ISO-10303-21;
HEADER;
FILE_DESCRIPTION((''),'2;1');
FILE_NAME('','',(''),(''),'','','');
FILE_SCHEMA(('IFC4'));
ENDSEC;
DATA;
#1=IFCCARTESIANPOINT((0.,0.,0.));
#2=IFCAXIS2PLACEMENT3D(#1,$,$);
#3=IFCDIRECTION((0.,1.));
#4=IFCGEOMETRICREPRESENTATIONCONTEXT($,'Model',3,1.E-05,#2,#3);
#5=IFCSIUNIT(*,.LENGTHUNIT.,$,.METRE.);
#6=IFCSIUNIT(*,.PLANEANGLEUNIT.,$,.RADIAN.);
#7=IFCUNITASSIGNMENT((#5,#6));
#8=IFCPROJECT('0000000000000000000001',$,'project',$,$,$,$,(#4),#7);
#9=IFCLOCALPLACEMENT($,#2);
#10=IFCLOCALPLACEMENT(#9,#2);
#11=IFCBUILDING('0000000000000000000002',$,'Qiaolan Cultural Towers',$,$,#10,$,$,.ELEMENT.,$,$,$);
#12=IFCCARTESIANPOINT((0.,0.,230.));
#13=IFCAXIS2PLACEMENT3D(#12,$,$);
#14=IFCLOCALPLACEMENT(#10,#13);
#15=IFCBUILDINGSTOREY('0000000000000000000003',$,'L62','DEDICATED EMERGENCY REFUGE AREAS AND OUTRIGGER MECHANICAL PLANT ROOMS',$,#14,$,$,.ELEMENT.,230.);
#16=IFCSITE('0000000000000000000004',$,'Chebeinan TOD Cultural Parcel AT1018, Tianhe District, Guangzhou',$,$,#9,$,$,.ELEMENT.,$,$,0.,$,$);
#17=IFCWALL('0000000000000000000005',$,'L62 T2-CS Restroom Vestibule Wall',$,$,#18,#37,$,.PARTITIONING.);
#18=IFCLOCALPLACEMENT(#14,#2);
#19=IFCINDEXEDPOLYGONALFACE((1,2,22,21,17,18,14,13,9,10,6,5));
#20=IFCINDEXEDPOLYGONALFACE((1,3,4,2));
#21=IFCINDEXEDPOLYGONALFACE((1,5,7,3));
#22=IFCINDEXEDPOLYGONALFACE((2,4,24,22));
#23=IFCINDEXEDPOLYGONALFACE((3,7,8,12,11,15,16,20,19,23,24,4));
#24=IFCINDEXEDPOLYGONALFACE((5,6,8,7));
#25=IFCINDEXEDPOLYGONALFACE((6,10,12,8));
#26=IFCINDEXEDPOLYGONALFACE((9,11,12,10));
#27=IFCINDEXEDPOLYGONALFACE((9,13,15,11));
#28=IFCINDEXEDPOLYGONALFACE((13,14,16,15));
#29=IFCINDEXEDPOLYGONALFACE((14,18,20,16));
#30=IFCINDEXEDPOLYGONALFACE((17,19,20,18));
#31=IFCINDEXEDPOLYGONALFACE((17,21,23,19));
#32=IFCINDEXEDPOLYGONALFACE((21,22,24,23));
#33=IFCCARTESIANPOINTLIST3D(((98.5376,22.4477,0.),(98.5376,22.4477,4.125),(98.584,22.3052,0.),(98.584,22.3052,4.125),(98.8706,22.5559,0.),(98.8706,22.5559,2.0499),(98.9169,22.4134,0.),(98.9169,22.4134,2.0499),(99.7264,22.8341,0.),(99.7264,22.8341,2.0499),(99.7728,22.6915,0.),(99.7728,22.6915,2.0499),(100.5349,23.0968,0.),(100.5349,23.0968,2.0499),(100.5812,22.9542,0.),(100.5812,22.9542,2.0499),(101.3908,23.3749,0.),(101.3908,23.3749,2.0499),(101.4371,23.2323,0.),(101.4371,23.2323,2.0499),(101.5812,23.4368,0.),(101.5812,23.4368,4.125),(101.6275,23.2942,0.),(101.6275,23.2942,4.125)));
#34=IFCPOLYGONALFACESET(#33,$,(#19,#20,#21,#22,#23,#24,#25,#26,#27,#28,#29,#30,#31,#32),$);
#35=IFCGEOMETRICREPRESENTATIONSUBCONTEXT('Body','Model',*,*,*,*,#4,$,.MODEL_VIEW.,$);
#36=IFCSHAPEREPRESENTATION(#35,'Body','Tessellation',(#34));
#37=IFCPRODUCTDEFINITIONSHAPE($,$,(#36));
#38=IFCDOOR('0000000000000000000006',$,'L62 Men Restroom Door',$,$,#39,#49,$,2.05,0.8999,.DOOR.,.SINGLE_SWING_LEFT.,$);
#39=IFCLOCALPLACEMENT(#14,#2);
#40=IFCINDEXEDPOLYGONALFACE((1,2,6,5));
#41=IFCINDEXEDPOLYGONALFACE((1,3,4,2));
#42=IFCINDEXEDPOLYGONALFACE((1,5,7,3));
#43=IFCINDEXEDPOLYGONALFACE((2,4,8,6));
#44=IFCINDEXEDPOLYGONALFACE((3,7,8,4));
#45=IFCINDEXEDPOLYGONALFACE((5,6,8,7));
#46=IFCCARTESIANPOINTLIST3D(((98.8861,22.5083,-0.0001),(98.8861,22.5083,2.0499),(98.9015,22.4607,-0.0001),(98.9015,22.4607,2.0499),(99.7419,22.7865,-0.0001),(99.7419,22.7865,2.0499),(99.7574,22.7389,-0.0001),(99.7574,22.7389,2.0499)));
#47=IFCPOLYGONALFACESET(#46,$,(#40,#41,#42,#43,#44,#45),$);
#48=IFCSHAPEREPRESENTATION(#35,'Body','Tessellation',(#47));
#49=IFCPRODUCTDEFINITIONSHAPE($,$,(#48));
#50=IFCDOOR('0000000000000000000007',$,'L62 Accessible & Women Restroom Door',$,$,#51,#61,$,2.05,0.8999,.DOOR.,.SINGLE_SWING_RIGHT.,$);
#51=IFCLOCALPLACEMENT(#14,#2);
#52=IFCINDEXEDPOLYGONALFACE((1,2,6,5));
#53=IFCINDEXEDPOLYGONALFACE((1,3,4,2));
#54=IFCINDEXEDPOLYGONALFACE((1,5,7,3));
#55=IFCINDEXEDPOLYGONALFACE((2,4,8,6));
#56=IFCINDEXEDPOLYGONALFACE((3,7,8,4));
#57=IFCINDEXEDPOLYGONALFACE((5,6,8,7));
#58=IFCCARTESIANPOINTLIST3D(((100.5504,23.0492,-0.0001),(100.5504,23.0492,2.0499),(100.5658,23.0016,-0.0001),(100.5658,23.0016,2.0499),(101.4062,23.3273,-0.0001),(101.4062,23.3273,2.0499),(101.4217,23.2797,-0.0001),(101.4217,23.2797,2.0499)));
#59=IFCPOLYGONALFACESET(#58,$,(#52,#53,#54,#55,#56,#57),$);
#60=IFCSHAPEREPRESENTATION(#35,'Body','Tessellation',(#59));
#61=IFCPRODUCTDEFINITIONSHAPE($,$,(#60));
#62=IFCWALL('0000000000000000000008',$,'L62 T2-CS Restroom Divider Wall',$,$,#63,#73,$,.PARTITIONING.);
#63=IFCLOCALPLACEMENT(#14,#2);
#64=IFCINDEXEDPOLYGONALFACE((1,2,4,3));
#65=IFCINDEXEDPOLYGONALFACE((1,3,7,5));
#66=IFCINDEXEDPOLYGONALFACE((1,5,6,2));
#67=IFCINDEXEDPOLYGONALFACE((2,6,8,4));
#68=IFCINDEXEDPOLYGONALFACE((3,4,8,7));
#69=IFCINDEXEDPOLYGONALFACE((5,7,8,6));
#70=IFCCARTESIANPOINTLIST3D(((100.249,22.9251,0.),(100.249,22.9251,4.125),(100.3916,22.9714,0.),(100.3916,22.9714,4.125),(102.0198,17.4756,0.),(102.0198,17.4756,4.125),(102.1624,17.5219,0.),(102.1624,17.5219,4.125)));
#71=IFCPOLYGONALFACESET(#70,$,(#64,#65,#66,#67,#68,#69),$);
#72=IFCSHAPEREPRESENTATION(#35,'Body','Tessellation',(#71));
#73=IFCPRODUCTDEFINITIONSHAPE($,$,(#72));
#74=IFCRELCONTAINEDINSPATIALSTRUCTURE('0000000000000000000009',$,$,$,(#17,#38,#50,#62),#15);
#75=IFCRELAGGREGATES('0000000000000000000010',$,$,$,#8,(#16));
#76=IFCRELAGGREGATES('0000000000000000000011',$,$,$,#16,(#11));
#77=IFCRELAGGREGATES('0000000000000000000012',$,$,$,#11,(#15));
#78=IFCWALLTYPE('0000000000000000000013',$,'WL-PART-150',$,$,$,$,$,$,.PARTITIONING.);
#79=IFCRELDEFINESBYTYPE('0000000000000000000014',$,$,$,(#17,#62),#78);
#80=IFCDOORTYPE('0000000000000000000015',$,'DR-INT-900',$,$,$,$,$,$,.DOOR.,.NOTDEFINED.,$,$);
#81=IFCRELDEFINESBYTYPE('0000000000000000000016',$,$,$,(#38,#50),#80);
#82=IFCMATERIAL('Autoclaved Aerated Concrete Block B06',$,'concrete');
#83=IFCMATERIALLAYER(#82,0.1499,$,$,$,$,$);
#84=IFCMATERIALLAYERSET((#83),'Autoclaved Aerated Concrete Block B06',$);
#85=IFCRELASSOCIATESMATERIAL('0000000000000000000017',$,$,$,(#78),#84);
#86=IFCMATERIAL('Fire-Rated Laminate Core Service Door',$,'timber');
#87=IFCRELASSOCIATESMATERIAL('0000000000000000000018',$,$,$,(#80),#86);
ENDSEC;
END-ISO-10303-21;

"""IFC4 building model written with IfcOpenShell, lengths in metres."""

from ifc_helpers import new_model, si_unit, direction, frame, frame_2d, origin, place, context, subcontext, project, spatial, rectangle, extrude, material, layer, layer_set, type_object, element, fill, save


model = new_model("IFC4")

# Units and contexts
model_context = context("Model", 3, precision=1e-05, world=origin(), true_north=direction((0.0, 1.0)))
body_context = subcontext(model_context, "Body", "Model", "MODEL_VIEW")
ifc_project = project(units=[si_unit("LENGTHUNIT", "METRE"), si_unit("PLANEANGLEUNIT", "RADIAN")], contexts=[model_context])

# Site, building, storey
site_placement = place(None, origin())
site = spatial("IfcSite", under=ifc_project, at=site_placement, Name="Chebeinan TOD Cultural Parcel AT1018, Tianhe District, Guangzhou", CompositionType="ELEMENT", RefElevation=0.0)
building_placement = place(site_placement, origin())
building = spatial("IfcBuilding", under=site, at=building_placement, Name="Qiaolan Cultural Towers", CompositionType="ELEMENT")
storey_placement = place(building_placement, frame((0.0, 0.0, 230.0)))
storey = spatial("IfcBuildingStorey", under=building, at=storey_placement, Name="L62", Description="DEDICATED EMERGENCY REFUGE AREAS AND OUTRIGGER MECHANICAL PLANT ROOMS", CompositionType="ELEMENT", Elevation=230.0)

# Shared definitions
ifc_material_1 = material(Name="Autoclaved Aerated Concrete Block B06", Category="concrete")
ifc_layer_1 = layer(ifc_material_1, 0.1499)
ifc_layer_set_1 = layer_set([ifc_layer_1], Name="Autoclaved Aerated Concrete Block B06")
wall_type_1 = type_object("IfcWallType", Name="WL-PART-150", PredefinedType="PARTITIONING", material=ifc_layer_set_1)

# Wall, openings, doors
wall_1_placement = place(storey_placement, frame((98.5608, 22.3765, 0.0), z_axis=(0.0, 0.0, 1.0), x_axis=(0.951044, 0.309055, 0.0)))
wall_1 = element("IfcWall", 1, at=wall_1_placement, inside=storey, type_object=wall_type_1, Name="L62 T2-CS Restroom Vestibule Wall", PredefinedType="PARTITIONING", context=body_context, shape_type="SweptSolid", body=[
    extrude(rectangle(XDim=3.2002, YDim=0.1499, at=frame_2d((1.6001, 0.0))), origin(), (0.0, 0.0, 1.0), 4.125),
])
opening_1_placement = place(wall_1_placement, frame((0.3501, 0.0, 0.0)))
opening_1 = element("IfcOpeningElement", 2, at=opening_1_placement, cuts=wall_1, PredefinedType="OPENING", context=body_context, shape_type="SweptSolid", body=[
    extrude(rectangle(XDim=0.8999, YDim=2.05, at=frame_2d((0.45, 1.0249))), frame((0.0, 0.085, 0.0), z_axis=(0.0, -1.0, 0.0), x_axis=(1.0, 0.0, 0.0)), (0.0, 0.0, 1.0), 0.1699),
])
opening_2_placement = place(wall_1_placement, frame((2.1001, 0.0, 0.0)))
opening_2 = element("IfcOpeningElement", 3, at=opening_2_placement, cuts=wall_1, PredefinedType="OPENING", context=body_context, shape_type="SweptSolid", body=[
    extrude(rectangle(XDim=0.8999, YDim=2.05, at=frame_2d((0.45, 1.0249))), frame((0.0, 0.085, 0.0), z_axis=(0.0, -1.0, 0.0), x_axis=(1.0, 0.0, 0.0)), (0.0, 0.0, 1.0), 0.1699),
])
ifc_material_2 = material(Name="Fire-Rated Laminate Core Service Door", Category="timber")
door_type_1 = type_object("IfcDoorType", Name="DR-INT-900", OperationType="NOTDEFINED", PredefinedType="DOOR", material=ifc_material_2)
door_1_placement = place(opening_1_placement, origin())
door_1 = element("IfcDoor", 4, at=door_1_placement, inside=storey, type_object=door_type_1, Name="L62 Men Restroom Door", OperationType="SINGLE_SWING_LEFT", OverallHeight=2.05, OverallWidth=0.8999, PredefinedType="DOOR", context=body_context, shape_type="SweptSolid", body=[
    extrude(rectangle(XDim=0.8999, YDim=2.05, at=frame_2d((0.45, 1.0249))), frame((0.0, 0.0249, 0.0), z_axis=(0.0, -1.0, 0.0), x_axis=(1.0, 0.0, 0.0)), (0.0, 0.0, 1.0), 0.05),
])
fill(opening_1, door_1)
door_2_placement = place(opening_2_placement, origin())
door_2 = element("IfcDoor", 5, at=door_2_placement, inside=storey, type_object=door_type_1, Name="L62 Accessible & Women Restroom Door", OperationType="SINGLE_SWING_RIGHT", OverallHeight=2.05, OverallWidth=0.8999, PredefinedType="DOOR", context=body_context, shape_type="SweptSolid", body=[
    extrude(rectangle(XDim=0.8999, YDim=2.05, at=frame_2d((0.45, 1.0249))), frame((0.0, 0.0249, 0.0), z_axis=(0.0, -1.0, 0.0), x_axis=(1.0, 0.0, 0.0)), (0.0, 0.0, 1.0), 0.05),
])
fill(opening_2, door_2)

# Wall
wall_2_placement = place(storey_placement, frame((100.3203, 22.9482, 0.0), z_axis=(0.0, 0.0, 1.0), x_axis=(0.309035, -0.951051, 0.0)))
element("IfcWall", 6, at=wall_2_placement, inside=storey, type_object=wall_type_1, Name="L62 T2-CS Restroom Divider Wall", PredefinedType="PARTITIONING", context=body_context, shape_type="SweptSolid", body=[
    extrude(rectangle(XDim=5.73, YDim=0.1499, at=frame_2d((2.865, 0.0))), origin(), (0.0, 0.0, 1.0), 4.125),
])

save(model, "model.ifc")
